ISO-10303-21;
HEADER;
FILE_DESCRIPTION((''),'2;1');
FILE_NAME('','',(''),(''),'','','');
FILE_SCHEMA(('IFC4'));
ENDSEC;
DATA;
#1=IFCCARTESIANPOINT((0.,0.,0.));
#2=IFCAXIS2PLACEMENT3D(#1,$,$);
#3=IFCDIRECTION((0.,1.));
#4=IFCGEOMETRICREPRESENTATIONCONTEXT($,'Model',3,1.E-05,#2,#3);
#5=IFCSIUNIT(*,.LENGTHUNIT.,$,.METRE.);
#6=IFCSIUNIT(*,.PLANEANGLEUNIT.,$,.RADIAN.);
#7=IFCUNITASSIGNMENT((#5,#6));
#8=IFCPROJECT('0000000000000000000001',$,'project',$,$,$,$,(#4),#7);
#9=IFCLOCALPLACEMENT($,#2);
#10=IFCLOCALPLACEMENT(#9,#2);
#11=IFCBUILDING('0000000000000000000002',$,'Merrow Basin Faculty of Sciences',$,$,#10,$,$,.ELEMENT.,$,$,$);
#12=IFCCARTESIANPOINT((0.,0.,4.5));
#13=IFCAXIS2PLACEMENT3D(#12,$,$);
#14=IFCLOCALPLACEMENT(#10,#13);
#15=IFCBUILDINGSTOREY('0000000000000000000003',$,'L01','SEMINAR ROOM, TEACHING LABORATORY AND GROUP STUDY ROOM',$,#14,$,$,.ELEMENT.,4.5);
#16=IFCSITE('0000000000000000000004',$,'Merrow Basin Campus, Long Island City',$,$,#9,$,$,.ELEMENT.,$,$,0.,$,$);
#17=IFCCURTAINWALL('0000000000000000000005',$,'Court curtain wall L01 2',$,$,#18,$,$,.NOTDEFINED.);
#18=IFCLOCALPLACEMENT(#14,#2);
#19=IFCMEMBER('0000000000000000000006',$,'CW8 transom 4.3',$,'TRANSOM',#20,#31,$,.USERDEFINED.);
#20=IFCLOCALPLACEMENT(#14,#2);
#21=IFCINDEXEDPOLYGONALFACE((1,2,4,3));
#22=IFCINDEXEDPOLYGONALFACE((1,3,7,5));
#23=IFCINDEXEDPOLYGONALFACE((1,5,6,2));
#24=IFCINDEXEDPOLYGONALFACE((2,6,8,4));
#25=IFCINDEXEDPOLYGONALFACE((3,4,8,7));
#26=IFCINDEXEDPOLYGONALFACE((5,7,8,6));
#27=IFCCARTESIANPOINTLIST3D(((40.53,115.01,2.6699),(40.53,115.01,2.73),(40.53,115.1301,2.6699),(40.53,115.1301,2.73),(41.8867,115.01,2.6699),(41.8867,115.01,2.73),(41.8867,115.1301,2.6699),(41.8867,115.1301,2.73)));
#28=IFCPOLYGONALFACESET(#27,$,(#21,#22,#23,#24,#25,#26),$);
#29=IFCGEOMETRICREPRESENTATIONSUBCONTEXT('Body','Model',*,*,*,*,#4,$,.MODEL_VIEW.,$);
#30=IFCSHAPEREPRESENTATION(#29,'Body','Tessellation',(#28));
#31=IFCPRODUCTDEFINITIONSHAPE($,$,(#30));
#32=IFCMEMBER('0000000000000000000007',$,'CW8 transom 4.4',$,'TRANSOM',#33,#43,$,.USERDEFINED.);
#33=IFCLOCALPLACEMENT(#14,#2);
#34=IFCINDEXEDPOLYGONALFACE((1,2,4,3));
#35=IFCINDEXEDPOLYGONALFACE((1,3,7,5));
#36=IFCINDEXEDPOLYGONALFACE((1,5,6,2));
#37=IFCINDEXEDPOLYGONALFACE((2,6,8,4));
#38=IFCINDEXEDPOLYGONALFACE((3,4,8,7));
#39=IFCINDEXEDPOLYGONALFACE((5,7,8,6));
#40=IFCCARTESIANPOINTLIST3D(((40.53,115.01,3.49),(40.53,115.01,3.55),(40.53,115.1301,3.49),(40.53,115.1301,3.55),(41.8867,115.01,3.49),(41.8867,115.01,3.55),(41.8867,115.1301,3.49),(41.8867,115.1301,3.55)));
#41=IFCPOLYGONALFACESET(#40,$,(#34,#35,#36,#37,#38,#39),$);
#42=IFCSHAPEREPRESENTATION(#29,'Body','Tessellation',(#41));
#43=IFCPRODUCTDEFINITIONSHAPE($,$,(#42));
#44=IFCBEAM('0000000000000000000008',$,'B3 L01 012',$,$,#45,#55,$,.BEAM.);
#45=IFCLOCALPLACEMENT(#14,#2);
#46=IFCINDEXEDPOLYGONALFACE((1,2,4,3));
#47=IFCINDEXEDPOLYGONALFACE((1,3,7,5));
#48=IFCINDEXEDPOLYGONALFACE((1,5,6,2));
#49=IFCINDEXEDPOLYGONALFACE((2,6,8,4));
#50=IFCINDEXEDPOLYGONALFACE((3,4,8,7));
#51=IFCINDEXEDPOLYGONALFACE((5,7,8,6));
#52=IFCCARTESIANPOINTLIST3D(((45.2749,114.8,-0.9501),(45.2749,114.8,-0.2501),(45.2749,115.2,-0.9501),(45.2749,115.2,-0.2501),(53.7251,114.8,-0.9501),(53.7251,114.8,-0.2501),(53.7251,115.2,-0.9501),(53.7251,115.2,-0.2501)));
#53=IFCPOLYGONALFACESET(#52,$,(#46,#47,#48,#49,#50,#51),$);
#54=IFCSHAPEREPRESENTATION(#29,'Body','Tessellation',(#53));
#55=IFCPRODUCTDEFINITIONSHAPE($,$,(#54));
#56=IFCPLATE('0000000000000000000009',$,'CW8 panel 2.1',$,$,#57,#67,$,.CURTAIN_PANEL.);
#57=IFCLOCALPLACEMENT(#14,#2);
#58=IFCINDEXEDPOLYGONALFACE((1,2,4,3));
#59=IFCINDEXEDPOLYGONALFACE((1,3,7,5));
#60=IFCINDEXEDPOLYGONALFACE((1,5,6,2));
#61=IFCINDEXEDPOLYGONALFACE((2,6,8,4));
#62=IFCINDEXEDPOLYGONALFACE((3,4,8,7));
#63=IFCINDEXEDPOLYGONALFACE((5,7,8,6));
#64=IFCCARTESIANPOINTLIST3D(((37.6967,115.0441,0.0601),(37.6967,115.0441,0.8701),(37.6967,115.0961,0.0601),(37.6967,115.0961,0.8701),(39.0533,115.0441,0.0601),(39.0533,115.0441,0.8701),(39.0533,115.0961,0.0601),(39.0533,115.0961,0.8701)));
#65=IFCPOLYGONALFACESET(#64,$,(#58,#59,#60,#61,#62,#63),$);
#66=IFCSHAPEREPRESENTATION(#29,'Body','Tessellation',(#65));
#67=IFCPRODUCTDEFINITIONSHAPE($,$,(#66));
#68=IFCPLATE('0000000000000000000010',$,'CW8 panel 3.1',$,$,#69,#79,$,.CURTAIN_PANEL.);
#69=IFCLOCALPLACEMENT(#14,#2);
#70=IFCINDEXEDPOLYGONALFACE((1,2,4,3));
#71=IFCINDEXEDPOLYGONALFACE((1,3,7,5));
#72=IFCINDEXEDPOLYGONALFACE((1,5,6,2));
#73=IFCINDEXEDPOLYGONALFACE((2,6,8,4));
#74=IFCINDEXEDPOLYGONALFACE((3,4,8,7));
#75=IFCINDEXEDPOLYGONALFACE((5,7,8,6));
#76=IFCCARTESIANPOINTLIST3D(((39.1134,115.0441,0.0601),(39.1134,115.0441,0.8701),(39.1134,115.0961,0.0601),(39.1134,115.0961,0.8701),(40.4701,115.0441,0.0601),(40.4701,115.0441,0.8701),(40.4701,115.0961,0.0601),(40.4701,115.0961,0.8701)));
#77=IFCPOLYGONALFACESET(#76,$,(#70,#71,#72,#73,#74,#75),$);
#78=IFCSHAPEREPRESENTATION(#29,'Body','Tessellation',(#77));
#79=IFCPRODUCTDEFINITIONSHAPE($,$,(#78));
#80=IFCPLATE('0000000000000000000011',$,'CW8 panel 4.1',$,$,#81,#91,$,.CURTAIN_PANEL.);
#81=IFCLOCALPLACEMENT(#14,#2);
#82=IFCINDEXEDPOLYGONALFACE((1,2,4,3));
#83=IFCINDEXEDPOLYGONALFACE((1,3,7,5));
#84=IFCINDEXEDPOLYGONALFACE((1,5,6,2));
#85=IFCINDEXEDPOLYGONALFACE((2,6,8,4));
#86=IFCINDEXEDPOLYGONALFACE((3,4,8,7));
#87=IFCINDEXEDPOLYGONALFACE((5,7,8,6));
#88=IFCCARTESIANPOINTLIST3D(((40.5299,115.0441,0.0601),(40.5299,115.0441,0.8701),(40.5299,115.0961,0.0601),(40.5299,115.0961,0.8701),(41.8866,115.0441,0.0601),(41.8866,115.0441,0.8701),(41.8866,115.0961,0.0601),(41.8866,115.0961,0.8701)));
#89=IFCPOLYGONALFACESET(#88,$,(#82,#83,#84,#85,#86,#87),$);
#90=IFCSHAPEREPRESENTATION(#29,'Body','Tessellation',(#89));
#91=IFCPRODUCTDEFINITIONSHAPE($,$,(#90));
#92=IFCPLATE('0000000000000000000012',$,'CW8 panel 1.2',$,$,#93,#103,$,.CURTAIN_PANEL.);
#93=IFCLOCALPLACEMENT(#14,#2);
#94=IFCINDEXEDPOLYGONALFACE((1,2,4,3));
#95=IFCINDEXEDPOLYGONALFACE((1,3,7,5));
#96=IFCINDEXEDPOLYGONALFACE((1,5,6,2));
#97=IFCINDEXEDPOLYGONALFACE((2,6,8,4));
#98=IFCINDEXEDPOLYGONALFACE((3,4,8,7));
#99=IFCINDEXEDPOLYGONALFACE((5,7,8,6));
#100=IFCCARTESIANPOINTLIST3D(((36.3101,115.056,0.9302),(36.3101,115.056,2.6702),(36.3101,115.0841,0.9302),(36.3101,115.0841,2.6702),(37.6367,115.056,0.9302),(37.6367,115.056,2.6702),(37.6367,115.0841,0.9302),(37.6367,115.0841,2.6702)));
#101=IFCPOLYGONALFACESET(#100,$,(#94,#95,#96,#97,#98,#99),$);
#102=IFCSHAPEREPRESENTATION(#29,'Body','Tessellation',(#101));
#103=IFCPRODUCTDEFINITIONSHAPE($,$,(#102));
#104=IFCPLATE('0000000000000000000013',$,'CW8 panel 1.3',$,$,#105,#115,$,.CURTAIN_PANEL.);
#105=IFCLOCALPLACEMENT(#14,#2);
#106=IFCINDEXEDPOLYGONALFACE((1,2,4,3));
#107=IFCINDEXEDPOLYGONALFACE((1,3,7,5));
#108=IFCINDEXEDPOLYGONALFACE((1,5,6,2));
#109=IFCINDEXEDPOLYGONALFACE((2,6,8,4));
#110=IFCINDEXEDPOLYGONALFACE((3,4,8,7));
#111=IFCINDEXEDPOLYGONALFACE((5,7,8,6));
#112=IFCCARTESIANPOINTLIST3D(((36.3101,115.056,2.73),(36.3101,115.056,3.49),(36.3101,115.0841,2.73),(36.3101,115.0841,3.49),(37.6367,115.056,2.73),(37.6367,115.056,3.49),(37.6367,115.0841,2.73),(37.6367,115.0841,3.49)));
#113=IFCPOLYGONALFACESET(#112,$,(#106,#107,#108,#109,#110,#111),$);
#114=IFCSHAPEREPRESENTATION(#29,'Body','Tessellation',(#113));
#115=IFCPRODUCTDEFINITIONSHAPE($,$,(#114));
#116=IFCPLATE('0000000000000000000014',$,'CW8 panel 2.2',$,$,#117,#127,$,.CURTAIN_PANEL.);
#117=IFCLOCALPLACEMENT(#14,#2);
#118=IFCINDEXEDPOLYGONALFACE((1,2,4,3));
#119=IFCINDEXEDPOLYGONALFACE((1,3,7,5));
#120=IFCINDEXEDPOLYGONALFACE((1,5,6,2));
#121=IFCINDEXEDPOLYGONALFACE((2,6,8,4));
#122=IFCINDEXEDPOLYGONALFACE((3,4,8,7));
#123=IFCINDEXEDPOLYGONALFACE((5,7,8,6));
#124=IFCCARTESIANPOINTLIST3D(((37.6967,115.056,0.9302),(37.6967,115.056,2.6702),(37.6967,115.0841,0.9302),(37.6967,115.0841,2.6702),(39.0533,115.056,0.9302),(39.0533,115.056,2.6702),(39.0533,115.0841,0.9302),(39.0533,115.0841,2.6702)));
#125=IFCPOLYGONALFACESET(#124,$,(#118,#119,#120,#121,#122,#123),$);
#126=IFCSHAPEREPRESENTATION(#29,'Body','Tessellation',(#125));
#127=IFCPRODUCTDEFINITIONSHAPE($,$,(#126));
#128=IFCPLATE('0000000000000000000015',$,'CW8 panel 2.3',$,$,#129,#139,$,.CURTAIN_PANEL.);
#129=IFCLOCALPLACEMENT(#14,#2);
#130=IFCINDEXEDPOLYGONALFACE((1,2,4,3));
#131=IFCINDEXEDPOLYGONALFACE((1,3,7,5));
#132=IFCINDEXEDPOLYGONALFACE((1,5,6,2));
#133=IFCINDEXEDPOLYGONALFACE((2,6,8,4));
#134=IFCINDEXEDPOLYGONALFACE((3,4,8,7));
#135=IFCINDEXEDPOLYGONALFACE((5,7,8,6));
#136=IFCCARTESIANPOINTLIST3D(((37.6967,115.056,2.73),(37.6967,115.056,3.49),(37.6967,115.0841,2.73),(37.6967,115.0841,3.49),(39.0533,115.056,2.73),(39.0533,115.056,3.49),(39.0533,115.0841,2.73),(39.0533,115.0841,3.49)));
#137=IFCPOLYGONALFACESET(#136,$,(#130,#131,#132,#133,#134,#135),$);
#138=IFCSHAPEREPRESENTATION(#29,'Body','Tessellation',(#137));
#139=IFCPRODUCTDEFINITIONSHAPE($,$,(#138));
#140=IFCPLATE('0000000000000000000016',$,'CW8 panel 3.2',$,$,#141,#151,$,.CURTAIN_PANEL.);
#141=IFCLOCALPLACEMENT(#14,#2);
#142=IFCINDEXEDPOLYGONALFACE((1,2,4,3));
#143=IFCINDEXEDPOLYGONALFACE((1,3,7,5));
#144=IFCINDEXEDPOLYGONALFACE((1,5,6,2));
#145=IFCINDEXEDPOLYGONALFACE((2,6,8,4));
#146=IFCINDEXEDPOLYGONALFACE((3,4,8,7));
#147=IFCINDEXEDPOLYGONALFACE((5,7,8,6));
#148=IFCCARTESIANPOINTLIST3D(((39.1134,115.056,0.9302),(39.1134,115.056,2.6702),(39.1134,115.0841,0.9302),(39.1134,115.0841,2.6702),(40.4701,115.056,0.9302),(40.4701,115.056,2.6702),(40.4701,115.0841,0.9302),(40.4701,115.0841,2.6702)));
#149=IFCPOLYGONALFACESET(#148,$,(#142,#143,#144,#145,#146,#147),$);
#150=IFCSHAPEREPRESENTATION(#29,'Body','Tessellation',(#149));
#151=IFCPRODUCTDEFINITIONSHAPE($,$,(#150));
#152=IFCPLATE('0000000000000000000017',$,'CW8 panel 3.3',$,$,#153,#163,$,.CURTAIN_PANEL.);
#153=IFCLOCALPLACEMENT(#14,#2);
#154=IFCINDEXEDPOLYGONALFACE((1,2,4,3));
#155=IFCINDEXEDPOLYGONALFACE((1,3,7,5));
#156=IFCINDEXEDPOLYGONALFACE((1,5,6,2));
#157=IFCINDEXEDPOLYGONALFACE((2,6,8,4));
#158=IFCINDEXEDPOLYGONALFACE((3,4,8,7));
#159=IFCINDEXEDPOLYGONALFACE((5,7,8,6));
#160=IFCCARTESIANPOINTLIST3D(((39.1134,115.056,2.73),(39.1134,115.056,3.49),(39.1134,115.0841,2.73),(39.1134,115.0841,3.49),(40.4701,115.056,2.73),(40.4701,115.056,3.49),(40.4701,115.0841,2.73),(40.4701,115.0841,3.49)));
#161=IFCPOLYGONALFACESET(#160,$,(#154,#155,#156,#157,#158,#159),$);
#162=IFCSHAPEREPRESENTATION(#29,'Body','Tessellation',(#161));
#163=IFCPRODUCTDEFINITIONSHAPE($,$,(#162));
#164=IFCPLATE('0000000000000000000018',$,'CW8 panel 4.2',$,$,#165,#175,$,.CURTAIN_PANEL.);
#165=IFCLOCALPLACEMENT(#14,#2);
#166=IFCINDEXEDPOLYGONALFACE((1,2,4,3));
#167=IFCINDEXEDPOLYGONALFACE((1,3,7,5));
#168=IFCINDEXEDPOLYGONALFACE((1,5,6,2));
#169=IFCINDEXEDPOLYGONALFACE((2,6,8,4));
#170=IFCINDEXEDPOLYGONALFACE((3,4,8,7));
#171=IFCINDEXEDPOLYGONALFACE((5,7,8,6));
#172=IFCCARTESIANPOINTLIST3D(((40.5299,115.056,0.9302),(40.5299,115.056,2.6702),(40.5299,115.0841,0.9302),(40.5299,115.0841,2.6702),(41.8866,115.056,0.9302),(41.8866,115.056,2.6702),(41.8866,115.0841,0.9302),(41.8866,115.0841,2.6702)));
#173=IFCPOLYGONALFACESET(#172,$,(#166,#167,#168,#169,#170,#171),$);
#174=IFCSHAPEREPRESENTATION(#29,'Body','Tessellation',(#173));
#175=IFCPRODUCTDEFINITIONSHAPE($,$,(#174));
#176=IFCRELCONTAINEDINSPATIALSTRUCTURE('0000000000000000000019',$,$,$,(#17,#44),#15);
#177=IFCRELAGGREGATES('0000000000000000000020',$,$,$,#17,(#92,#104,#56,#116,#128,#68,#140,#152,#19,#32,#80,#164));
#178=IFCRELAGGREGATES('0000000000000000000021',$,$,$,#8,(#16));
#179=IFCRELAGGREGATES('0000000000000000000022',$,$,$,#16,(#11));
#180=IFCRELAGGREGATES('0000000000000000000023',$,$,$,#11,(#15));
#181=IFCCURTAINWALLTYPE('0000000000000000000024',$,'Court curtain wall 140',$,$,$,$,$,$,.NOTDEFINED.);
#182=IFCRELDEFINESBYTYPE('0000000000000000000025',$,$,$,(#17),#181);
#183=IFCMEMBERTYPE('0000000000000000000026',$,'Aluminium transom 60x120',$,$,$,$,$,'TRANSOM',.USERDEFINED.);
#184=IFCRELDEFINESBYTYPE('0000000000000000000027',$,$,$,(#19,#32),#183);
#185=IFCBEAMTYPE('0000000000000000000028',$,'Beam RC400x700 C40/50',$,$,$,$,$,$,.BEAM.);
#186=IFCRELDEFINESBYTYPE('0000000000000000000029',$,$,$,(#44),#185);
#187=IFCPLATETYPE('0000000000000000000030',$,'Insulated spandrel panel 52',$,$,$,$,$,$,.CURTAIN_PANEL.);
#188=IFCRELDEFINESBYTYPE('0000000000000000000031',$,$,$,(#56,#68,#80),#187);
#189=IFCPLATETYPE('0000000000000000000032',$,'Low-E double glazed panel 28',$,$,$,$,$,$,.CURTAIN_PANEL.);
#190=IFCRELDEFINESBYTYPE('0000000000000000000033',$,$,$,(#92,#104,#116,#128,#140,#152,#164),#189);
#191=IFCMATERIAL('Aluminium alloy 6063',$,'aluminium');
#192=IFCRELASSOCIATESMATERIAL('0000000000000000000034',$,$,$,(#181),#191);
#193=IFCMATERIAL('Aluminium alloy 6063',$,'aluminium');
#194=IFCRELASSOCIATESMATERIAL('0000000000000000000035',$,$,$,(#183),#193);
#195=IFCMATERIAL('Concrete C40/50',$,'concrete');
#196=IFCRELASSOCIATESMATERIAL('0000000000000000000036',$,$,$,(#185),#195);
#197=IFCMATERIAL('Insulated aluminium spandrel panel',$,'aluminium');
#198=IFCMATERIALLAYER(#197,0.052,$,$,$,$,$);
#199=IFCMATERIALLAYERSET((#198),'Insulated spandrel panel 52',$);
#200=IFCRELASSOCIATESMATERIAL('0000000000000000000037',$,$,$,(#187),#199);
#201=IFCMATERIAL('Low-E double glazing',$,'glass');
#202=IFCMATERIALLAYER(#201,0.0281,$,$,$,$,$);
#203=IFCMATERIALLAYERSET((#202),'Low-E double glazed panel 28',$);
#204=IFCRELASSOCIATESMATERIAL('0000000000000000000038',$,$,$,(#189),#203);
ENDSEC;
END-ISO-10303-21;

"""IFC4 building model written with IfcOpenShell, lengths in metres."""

from ifc_helpers import new_model, si_unit, direction, frame, origin, origin_2d, place, context, subcontext, project, spatial, rectangle, extrude, material, layer, layer_set, material_profile, profile_set, type_object, element, aggregate, save


model = new_model("IFC4")

# Units and contexts
model_context = context("Model", 3, precision=1e-05, world=origin(), true_north=direction((0.0, 1.0)))
body_context = subcontext(model_context, "Body", "Model", "MODEL_VIEW")
ifc_project = project(units=[si_unit("LENGTHUNIT", "METRE"), si_unit("PLANEANGLEUNIT", "RADIAN")], contexts=[model_context])

# Site, building, storey
site_placement = place(None, origin())
site = spatial("IfcSite", under=ifc_project, at=site_placement, Name="Merrow Basin Campus, Long Island City", CompositionType="ELEMENT", RefElevation=0.0)
building_placement = place(site_placement, origin())
building = spatial("IfcBuilding", under=site, at=building_placement, Name="Merrow Basin Faculty of Sciences", CompositionType="ELEMENT")
storey_placement = place(building_placement, frame((0.0, 0.0, 4.5)))
storey = spatial("IfcBuildingStorey", under=building, at=storey_placement, Name="L01", Description="SEMINAR ROOM, TEACHING LABORATORY AND GROUP STUDY ROOM", CompositionType="ELEMENT", Elevation=4.5)

# Curtain wall, members
ifc_material_1 = material(Name="Aluminium alloy 6063", Category="aluminium")
curtain_wall_type = type_object("IfcCurtainWallType", Name="Court curtain wall 140", PredefinedType="NOTDEFINED", material=ifc_material_1)
curtain_wall_placement = place(storey_placement, origin())
curtain_wall = element("IfcCurtainWall", 1, at=curtain_wall_placement, inside=storey, type_object=curtain_wall_type, Name="Court curtain wall L01 2", PredefinedType="NOTDEFINED")
ifc_material_2 = material(Name="Aluminium alloy 6063", Category="aluminium")
ifc_material_profile_1 = material_profile(ifc_material_2, rectangle(XDim=0.1201, YDim=0.0601, at=origin_2d()))
ifc_profile_set_1 = profile_set([ifc_material_profile_1], Name="Aluminium alloy 6063")
member_type_1 = type_object("IfcMemberType", Name="Aluminium transom 60x120", ElementType="TRANSOM", PredefinedType="USERDEFINED", material=ifc_profile_set_1)
member_1_placement = place(storey_placement, frame((40.53, 115.0701, 2.7), z_axis=(1.0, 0.0, 0.0), x_axis=(0.0, 1.0, 0.0)))
member_1 = element("IfcMember", 2, at=member_1_placement, type_object=member_type_1, Name="CW8 transom 4.3", ObjectType="TRANSOM", PredefinedType="USERDEFINED", context=body_context, shape_type="SweptSolid", body=[
    extrude(rectangle(XDim=0.1201, YDim=0.0601, at=origin_2d()), origin(), (0.0, 0.0, 1.0), 1.3567),
])
member_2_placement = place(storey_placement, frame((40.53, 115.0701, 3.52), z_axis=(1.0, 0.0, 0.0), x_axis=(0.0, 1.0, 0.0)))
member_2 = element("IfcMember", 3, at=member_2_placement, type_object=member_type_1, Name="CW8 transom 4.4", ObjectType="TRANSOM", PredefinedType="USERDEFINED", context=body_context, shape_type="SweptSolid", body=[
    extrude(rectangle(XDim=0.1201, YDim=0.0601, at=origin_2d()), origin(), (0.0, 0.0, 1.0), 1.3567),
])

# Beam
ifc_material_3 = material(Name="Concrete C40/50", Category="concrete")
ifc_material_profile_2 = material_profile(ifc_material_3, rectangle(XDim=0.3999, YDim=0.7, at=origin_2d()))
ifc_profile_set_2 = profile_set([ifc_material_profile_2], Name="Concrete C40/50")
beam_type = type_object("IfcBeamType", Name="Beam RC400x700 C40/50", PredefinedType="BEAM", material=ifc_profile_set_2)
beam_placement = place(storey_placement, frame((45.2749, 115.0, -0.6001), z_axis=(1.0, 0.0, 0.0), x_axis=(0.0, 1.0, 0.0)))
element("IfcBeam", 4, at=beam_placement, inside=storey, type_object=beam_type, Name="B3 L01 012", PredefinedType="BEAM", context=body_context, shape_type="SweptSolid", body=[
    extrude(rectangle(XDim=0.3999, YDim=0.7, at=origin_2d()), origin(), (0.0, 0.0, 1.0), 8.4502),
])

# Plates
ifc_material_4 = material(Name="Insulated aluminium spandrel panel", Category="aluminium")
ifc_layer_1 = layer(ifc_material_4, 0.052)
ifc_layer_set_1 = layer_set([ifc_layer_1], Name="Insulated spandrel panel 52")
plate_type_1 = type_object("IfcPlateType", Name="Insulated spandrel panel 52", PredefinedType="CURTAIN_PANEL", material=ifc_layer_set_1)
plate_1_placement = place(storey_placement, frame((38.375, 115.0701, 0.0601), z_axis=(0.0, 0.0, 1.0), x_axis=(1.0, 0.0, 0.0)))
plate_1 = element("IfcPlate", 5, at=plate_1_placement, type_object=plate_type_1, Name="CW8 panel 2.1", PredefinedType="CURTAIN_PANEL", context=body_context, shape_type="SweptSolid", body=[
    extrude(rectangle(XDim=1.3567, YDim=0.052, at=origin_2d()), origin(), (0.0, 0.0, 1.0), 0.8101),
])
plate_2_placement = place(storey_placement, frame((39.7917, 115.0701, 0.0601), z_axis=(0.0, 0.0, 1.0), x_axis=(1.0, 0.0, 0.0)))
plate_2 = element("IfcPlate", 6, at=plate_2_placement, type_object=plate_type_1, Name="CW8 panel 3.1", PredefinedType="CURTAIN_PANEL", context=body_context, shape_type="SweptSolid", body=[
    extrude(rectangle(XDim=1.3567, YDim=0.052, at=origin_2d()), origin(), (0.0, 0.0, 1.0), 0.8101),
])
plate_3_placement = place(storey_placement, frame((41.2083, 115.0701, 0.0601), z_axis=(0.0, 0.0, 1.0), x_axis=(1.0, 0.0, 0.0)))
plate_3 = element("IfcPlate", 7, at=plate_3_placement, type_object=plate_type_1, Name="CW8 panel 4.1", PredefinedType="CURTAIN_PANEL", context=body_context, shape_type="SweptSolid", body=[
    extrude(rectangle(XDim=1.3567, YDim=0.052, at=origin_2d()), origin(), (0.0, 0.0, 1.0), 0.8101),
])
ifc_material_5 = material(Name="Low-E double glazing", Category="glass")
ifc_layer_2 = layer(ifc_material_5, 0.0281)
ifc_layer_set_2 = layer_set([ifc_layer_2], Name="Low-E double glazed panel 28")
plate_type_2 = type_object("IfcPlateType", Name="Low-E double glazed panel 28", PredefinedType="CURTAIN_PANEL", material=ifc_layer_set_2)
plate_4_placement = place(storey_placement, frame((36.9734, 115.0701, 0.9302), z_axis=(0.0, 0.0, 1.0), x_axis=(1.0, 0.0, 0.0)))
plate_4 = element("IfcPlate", 8, at=plate_4_placement, type_object=plate_type_2, Name="CW8 panel 1.2", PredefinedType="CURTAIN_PANEL", context=body_context, shape_type="SweptSolid", body=[
    extrude(rectangle(XDim=1.3267, YDim=0.0281, at=origin_2d()), origin(), (0.0, 0.0, 1.0), 1.74),
])
plate_5_placement = place(storey_placement, frame((36.9734, 115.0701, 2.73), z_axis=(0.0, 0.0, 1.0), x_axis=(1.0, 0.0, 0.0)))
plate_5 = element("IfcPlate", 9, at=plate_5_placement, type_object=plate_type_2, Name="CW8 panel 1.3", PredefinedType="CURTAIN_PANEL", context=body_context, shape_type="SweptSolid", body=[
    extrude(rectangle(XDim=1.3267, YDim=0.0281, at=origin_2d()), origin(), (0.0, 0.0, 1.0), 0.76),
])
plate_6_placement = place(storey_placement, frame((38.375, 115.0701, 0.9302), z_axis=(0.0, 0.0, 1.0), x_axis=(1.0, 0.0, 0.0)))
plate_6 = element("IfcPlate", 10, at=plate_6_placement, type_object=plate_type_2, Name="CW8 panel 2.2", PredefinedType="CURTAIN_PANEL", context=body_context, shape_type="SweptSolid", body=[
    extrude(rectangle(XDim=1.3567, YDim=0.0281, at=origin_2d()), origin(), (0.0, 0.0, 1.0), 1.74),
])
plate_7_placement = place(storey_placement, frame((38.375, 115.0701, 2.73), z_axis=(0.0, 0.0, 1.0), x_axis=(1.0, 0.0, 0.0)))
plate_7 = element("IfcPlate", 11, at=plate_7_placement, type_object=plate_type_2, Name="CW8 panel 2.3", PredefinedType="CURTAIN_PANEL", context=body_context, shape_type="SweptSolid", body=[
    extrude(rectangle(XDim=1.3567, YDim=0.0281, at=origin_2d()), origin(), (0.0, 0.0, 1.0), 0.76),
])
plate_8_placement = place(storey_placement, frame((39.7917, 115.0701, 0.9302), z_axis=(0.0, 0.0, 1.0), x_axis=(1.0, 0.0, 0.0)))
plate_8 = element("IfcPlate", 12, at=plate_8_placement, type_object=plate_type_2, Name="CW8 panel 3.2", PredefinedType="CURTAIN_PANEL", context=body_context, shape_type="SweptSolid", body=[
    extrude(rectangle(XDim=1.3567, YDim=0.0281, at=origin_2d()), origin(), (0.0, 0.0, 1.0), 1.74),
])
plate_9_placement = place(storey_placement, frame((39.7917, 115.0701, 2.73), z_axis=(0.0, 0.0, 1.0), x_axis=(1.0, 0.0, 0.0)))
plate_9 = element("IfcPlate", 13, at=plate_9_placement, type_object=plate_type_2, Name="CW8 panel 3.3", PredefinedType="CURTAIN_PANEL", context=body_context, shape_type="SweptSolid", body=[
    extrude(rectangle(XDim=1.3567, YDim=0.0281, at=origin_2d()), origin(), (0.0, 0.0, 1.0), 0.76),
])
plate_10_placement = place(storey_placement, frame((41.2083, 115.0701, 0.9302), z_axis=(0.0, 0.0, 1.0), x_axis=(1.0, 0.0, 0.0)))
plate_10 = element("IfcPlate", 14, at=plate_10_placement, type_object=plate_type_2, Name="CW8 panel 4.2", PredefinedType="CURTAIN_PANEL", context=body_context, shape_type="SweptSolid", body=[
    extrude(rectangle(XDim=1.3567, YDim=0.0281, at=origin_2d()), origin(), (0.0, 0.0, 1.0), 1.74),
])
aggregate(curtain_wall, [plate_4, plate_5, plate_1, plate_6, plate_7, plate_2, plate_8, plate_9, member_1, member_2, plate_3, plate_10])

save(model, "model.ifc")
